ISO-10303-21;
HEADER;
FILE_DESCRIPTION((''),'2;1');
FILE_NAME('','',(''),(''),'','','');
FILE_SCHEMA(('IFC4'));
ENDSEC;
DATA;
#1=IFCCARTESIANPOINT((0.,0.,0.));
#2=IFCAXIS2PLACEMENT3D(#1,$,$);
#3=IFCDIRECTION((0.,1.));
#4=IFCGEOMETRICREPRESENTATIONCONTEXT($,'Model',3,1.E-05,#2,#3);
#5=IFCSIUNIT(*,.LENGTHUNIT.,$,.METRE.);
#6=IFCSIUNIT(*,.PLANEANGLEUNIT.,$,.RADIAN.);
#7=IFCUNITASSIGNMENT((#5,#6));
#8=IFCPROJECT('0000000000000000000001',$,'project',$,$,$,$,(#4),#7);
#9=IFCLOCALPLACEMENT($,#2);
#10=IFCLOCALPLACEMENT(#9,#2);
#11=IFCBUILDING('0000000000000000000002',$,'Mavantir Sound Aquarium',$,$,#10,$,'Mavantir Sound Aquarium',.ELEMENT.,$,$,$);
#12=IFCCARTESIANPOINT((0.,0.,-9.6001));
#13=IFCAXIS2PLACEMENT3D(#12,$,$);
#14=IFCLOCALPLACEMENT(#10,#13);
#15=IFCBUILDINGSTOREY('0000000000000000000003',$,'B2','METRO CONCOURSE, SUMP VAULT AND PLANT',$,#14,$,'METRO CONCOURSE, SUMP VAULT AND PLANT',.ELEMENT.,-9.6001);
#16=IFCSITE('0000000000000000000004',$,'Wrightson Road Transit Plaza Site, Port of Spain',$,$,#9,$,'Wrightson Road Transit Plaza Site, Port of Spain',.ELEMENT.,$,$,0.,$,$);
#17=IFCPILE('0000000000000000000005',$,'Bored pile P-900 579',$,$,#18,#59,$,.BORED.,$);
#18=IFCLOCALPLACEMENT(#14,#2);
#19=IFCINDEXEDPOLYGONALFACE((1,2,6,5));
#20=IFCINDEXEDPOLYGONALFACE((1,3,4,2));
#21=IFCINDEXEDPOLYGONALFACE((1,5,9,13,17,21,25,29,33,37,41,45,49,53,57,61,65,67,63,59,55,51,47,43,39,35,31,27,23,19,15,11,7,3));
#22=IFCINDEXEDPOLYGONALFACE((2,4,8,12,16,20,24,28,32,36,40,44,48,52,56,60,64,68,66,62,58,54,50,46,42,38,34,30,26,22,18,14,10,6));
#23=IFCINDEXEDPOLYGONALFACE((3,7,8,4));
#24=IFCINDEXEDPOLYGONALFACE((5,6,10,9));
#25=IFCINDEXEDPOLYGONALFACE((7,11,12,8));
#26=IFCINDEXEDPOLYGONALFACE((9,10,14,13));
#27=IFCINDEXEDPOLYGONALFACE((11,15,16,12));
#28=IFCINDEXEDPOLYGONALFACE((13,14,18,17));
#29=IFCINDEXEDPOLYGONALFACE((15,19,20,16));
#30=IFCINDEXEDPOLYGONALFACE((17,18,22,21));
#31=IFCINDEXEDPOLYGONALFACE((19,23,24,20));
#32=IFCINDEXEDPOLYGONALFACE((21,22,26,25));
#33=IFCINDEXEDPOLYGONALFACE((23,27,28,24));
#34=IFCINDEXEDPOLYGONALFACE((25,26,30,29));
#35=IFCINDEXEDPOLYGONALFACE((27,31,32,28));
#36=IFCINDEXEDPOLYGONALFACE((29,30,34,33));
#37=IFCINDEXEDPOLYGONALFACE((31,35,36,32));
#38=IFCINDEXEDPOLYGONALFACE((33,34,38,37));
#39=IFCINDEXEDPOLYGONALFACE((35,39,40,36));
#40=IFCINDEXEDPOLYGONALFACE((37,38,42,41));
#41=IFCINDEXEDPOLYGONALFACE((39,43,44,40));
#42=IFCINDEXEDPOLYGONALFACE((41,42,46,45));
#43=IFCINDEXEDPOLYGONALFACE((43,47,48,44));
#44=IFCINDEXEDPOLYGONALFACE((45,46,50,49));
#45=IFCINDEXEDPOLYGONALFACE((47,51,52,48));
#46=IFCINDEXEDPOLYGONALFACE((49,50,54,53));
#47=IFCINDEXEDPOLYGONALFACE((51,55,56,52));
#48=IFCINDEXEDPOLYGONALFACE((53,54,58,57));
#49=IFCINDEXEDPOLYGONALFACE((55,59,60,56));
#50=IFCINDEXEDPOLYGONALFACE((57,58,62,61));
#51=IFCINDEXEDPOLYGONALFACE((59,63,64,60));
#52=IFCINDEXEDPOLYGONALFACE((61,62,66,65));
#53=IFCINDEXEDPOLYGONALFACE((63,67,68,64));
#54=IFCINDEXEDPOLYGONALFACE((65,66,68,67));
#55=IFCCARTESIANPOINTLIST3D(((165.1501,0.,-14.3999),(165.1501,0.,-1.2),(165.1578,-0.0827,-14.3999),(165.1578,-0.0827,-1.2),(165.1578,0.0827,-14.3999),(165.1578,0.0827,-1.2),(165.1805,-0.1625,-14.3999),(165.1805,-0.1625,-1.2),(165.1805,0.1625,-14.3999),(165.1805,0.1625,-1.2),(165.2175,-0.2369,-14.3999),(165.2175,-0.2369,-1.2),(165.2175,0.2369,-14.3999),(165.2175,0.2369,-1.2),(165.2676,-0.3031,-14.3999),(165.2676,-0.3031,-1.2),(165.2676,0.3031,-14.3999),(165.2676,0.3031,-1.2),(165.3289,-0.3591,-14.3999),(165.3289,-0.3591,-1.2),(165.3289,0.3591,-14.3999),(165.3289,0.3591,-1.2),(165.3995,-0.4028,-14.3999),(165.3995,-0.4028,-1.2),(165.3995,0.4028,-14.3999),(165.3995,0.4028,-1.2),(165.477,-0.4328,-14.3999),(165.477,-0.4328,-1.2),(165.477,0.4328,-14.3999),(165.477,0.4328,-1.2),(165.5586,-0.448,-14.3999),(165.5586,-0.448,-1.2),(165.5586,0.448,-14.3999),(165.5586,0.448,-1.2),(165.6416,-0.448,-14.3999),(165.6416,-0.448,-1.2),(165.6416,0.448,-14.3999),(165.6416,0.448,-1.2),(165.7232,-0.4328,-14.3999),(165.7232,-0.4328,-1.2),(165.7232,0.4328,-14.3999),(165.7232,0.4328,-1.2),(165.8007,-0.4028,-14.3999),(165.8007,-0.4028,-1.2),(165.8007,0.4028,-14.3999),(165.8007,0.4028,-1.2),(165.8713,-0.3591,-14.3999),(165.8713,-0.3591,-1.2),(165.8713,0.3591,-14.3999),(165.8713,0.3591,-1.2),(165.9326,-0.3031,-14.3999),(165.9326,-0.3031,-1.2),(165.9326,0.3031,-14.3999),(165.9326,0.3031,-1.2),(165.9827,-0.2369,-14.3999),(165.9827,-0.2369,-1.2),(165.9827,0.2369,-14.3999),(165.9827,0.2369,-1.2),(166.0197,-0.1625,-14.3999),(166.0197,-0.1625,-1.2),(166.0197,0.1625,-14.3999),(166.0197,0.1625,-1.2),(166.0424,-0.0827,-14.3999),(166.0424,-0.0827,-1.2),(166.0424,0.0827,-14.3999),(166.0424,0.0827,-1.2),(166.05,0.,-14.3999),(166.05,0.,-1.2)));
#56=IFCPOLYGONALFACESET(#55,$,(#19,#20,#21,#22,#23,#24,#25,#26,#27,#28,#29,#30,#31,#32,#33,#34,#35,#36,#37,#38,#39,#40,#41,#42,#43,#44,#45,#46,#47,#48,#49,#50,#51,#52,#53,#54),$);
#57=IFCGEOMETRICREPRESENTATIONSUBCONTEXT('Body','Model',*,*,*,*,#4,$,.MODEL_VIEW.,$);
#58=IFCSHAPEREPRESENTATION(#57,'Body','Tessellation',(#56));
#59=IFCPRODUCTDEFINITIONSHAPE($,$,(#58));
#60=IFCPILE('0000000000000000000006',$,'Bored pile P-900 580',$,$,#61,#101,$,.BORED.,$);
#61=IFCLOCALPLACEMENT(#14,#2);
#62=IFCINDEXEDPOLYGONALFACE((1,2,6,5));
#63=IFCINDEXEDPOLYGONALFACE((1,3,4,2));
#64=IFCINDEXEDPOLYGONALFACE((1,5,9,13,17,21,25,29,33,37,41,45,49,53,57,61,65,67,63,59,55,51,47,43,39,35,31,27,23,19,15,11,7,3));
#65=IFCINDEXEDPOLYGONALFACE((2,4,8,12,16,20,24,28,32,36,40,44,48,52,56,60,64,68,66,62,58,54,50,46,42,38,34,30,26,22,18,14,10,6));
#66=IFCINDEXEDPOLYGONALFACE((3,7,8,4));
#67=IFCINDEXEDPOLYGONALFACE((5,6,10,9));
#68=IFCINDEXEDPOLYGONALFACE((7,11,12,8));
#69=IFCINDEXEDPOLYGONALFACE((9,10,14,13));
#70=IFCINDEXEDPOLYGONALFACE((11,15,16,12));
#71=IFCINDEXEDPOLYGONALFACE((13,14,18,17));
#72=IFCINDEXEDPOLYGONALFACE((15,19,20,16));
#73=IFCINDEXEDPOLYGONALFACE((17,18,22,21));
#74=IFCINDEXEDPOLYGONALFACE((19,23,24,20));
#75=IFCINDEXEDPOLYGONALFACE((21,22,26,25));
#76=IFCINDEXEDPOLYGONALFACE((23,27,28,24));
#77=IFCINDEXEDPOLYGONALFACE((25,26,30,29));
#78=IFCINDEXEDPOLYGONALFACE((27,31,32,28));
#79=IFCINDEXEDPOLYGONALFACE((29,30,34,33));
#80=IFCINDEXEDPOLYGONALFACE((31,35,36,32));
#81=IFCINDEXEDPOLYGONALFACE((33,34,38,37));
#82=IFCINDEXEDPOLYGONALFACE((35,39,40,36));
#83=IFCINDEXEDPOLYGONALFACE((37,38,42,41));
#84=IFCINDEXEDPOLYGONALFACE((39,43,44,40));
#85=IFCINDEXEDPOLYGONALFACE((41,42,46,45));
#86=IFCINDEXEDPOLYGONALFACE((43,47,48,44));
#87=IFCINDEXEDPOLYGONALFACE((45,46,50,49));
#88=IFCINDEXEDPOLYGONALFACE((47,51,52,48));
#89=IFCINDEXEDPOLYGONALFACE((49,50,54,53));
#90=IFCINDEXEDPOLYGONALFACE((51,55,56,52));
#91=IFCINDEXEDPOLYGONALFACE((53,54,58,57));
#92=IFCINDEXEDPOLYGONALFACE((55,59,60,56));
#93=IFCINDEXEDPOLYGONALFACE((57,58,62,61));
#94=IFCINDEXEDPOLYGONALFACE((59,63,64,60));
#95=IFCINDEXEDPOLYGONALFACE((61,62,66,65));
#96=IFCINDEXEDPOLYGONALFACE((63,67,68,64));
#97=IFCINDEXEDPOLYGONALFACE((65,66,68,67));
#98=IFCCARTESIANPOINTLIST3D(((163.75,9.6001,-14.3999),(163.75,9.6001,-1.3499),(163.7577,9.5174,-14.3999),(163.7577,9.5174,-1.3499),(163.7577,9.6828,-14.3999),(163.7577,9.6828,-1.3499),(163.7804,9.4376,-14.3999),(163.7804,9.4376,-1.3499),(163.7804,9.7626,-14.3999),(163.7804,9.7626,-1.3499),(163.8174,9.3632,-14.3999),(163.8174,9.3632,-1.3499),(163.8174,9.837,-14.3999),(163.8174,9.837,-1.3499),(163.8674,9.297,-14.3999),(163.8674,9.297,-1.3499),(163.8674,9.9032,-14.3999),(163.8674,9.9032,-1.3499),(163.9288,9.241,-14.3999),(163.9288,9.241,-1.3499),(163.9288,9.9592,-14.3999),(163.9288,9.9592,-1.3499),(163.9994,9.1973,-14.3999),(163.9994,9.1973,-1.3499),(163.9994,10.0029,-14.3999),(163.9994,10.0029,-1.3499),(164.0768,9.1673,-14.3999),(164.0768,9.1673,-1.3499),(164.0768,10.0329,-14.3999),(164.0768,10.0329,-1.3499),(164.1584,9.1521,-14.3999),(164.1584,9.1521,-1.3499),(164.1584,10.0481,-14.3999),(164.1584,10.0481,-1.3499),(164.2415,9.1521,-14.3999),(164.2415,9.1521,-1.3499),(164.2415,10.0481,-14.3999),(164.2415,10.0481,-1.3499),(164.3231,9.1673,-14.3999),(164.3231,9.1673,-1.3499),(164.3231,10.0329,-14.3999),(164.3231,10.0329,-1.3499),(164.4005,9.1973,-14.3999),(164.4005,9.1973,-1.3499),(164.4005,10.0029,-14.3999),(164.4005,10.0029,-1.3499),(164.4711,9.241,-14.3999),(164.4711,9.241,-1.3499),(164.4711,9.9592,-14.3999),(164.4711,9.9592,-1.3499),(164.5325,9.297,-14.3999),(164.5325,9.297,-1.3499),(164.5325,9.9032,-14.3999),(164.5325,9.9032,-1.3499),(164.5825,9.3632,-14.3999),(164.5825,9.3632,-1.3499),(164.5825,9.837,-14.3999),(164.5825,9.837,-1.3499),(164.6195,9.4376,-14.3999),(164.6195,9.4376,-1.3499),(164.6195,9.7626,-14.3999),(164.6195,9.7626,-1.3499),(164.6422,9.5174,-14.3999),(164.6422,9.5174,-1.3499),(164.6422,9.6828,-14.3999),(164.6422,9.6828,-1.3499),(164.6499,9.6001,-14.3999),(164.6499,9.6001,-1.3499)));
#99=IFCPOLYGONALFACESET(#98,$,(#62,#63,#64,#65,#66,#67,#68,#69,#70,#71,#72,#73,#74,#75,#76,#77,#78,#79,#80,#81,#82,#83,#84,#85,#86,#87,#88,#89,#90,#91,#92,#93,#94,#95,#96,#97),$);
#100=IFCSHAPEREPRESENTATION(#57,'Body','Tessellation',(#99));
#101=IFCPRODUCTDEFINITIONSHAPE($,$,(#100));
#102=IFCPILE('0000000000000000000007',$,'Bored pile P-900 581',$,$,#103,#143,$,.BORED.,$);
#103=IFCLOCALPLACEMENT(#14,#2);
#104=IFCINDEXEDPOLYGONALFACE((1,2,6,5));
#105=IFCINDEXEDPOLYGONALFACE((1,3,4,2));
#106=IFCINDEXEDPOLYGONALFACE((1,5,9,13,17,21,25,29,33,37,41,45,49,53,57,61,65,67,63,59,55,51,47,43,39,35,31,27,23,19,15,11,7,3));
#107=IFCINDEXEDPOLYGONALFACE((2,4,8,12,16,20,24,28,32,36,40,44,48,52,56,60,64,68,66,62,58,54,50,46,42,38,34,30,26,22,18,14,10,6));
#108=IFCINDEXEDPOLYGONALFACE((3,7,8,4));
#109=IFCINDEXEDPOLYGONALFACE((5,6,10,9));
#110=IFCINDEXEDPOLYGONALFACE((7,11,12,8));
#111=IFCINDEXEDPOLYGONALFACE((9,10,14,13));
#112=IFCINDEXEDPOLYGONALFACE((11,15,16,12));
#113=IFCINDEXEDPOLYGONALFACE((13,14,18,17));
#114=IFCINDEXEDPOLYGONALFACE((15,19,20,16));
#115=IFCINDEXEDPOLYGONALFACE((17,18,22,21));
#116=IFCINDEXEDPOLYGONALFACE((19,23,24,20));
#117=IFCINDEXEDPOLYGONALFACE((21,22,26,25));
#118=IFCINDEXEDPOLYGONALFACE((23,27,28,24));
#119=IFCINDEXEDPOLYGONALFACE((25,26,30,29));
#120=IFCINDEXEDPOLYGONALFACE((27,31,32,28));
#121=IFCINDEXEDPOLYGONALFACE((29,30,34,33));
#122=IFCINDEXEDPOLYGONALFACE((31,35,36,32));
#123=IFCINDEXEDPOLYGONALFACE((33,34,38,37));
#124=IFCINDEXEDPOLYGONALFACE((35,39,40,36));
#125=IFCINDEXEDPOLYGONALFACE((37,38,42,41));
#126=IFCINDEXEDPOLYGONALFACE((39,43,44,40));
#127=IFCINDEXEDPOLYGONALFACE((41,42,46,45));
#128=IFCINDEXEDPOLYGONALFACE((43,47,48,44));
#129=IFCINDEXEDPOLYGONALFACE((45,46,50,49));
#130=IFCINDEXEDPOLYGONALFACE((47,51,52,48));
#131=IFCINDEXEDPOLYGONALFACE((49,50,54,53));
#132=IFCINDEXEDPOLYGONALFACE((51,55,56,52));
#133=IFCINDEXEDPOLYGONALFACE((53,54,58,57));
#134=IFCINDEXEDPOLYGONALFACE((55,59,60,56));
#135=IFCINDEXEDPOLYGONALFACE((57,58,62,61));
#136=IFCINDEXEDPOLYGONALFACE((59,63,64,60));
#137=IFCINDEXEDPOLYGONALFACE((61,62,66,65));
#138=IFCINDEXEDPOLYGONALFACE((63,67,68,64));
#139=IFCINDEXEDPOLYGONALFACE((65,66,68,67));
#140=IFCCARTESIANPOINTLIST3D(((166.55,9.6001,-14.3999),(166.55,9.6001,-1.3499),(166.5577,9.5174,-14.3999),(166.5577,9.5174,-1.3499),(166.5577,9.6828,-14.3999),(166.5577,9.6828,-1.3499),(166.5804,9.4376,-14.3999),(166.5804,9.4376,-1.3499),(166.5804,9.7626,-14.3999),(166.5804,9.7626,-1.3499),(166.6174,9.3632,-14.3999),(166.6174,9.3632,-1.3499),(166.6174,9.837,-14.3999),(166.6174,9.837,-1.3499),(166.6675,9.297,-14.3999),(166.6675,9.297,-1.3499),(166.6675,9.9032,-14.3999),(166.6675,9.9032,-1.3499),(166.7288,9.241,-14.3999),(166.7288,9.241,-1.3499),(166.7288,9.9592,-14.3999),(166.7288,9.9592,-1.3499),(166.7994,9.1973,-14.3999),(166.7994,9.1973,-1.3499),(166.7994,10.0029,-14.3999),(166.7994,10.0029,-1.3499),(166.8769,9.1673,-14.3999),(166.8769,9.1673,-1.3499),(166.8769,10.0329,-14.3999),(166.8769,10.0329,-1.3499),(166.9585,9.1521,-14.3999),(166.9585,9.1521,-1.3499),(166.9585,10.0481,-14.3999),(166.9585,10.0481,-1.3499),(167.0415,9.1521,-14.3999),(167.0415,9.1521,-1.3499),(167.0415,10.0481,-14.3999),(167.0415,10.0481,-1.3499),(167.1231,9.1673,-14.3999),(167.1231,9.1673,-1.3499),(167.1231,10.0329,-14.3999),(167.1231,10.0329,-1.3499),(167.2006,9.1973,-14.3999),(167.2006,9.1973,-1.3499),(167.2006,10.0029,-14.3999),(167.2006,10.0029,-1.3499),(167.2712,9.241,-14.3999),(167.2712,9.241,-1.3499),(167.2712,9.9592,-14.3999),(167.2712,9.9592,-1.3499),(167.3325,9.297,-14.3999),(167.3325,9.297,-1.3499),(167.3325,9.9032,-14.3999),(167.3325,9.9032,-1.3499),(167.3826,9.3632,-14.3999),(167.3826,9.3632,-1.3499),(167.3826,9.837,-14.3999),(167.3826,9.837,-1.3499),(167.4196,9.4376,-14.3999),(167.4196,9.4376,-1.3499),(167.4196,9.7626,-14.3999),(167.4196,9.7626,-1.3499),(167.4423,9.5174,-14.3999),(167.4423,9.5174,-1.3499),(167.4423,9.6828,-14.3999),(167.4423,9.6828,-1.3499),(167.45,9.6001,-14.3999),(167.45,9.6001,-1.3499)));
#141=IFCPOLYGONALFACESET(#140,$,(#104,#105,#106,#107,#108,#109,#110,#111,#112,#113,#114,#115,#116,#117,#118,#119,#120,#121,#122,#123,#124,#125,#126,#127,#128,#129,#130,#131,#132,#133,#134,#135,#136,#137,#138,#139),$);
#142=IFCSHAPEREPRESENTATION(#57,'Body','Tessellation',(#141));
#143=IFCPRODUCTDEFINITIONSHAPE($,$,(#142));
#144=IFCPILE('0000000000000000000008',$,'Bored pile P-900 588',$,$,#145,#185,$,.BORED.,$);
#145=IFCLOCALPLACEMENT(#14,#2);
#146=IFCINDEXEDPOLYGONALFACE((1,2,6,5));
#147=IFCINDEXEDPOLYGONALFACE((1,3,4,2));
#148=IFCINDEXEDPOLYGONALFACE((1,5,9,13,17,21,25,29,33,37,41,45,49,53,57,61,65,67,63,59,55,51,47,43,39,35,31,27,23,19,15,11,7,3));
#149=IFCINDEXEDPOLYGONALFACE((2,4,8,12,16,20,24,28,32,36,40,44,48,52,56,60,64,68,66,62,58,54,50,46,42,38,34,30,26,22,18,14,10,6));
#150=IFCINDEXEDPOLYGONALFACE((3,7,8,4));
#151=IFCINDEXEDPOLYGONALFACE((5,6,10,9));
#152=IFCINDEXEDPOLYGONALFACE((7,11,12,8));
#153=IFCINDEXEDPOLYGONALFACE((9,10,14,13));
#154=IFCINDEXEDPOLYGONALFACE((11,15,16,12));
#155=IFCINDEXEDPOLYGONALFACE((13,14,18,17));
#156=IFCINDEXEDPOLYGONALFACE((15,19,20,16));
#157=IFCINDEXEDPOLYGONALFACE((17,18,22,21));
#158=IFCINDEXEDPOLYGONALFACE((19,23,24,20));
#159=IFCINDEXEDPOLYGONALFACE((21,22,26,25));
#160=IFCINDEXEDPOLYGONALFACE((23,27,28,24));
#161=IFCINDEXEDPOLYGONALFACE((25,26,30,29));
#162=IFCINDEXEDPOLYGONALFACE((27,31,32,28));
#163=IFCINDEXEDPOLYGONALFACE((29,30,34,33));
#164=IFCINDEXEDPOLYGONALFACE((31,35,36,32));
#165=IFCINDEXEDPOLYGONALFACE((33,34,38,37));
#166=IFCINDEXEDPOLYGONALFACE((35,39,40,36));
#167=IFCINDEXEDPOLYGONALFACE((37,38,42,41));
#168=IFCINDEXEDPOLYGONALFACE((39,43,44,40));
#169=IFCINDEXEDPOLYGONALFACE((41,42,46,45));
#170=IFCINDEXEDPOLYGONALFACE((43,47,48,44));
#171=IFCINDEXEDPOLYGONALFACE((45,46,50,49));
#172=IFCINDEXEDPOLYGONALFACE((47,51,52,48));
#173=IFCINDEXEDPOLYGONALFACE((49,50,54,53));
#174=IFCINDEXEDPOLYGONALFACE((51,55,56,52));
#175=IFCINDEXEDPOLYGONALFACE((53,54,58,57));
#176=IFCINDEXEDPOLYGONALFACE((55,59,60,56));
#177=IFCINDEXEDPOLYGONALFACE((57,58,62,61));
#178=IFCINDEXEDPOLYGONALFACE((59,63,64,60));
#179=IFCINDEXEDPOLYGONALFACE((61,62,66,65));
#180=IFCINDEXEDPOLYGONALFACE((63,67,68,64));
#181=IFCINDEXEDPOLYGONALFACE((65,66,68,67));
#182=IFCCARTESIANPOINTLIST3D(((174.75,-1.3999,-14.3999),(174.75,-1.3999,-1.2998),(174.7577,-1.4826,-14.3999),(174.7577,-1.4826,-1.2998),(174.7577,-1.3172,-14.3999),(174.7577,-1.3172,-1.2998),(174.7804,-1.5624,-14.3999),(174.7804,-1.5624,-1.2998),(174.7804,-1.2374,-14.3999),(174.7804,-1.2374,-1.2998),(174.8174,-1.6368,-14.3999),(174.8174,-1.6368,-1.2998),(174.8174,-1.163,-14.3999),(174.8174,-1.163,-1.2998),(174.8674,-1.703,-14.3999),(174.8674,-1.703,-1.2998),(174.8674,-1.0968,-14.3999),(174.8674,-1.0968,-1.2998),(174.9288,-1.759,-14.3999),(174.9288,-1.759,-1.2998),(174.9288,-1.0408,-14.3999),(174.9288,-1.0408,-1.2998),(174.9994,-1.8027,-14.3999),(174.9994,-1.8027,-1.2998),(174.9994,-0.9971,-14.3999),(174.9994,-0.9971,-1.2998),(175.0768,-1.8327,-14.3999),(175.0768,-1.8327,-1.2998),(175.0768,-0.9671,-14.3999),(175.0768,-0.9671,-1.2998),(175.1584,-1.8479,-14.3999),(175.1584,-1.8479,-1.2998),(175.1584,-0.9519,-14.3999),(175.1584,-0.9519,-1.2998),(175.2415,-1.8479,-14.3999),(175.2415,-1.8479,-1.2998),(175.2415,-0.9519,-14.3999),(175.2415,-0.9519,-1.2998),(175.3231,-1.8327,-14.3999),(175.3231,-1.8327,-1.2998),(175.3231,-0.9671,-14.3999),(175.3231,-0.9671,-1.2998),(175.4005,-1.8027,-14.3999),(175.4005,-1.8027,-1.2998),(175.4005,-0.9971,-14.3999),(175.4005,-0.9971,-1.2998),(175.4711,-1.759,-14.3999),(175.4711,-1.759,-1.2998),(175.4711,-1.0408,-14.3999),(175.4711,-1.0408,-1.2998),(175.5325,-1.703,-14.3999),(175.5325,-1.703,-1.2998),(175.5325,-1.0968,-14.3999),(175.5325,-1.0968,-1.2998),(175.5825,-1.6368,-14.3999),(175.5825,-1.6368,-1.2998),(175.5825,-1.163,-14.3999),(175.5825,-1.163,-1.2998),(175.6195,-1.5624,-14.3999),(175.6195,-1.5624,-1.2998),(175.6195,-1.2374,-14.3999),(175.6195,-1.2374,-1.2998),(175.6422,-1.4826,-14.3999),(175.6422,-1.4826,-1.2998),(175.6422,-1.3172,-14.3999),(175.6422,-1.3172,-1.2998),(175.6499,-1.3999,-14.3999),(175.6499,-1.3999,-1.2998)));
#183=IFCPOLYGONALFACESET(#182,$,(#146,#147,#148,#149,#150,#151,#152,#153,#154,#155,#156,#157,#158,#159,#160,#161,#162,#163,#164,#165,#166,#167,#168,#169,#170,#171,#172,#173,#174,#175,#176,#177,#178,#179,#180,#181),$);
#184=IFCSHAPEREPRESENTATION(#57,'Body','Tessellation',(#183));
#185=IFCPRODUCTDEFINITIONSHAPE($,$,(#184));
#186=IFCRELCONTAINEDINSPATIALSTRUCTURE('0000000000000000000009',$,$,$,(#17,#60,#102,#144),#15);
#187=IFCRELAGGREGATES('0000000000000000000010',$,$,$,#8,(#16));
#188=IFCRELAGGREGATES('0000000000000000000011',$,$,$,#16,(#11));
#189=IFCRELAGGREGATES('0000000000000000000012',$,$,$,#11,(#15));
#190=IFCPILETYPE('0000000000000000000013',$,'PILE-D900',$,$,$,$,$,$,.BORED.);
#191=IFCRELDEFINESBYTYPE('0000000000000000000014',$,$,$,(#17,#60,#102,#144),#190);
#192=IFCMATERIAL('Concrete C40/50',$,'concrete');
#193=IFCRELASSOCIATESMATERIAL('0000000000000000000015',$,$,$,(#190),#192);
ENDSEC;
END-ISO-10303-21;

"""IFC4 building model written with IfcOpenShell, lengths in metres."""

from ifc_helpers import new_model, si_unit, direction, frame, origin, origin_2d, place, context, subcontext, project, spatial, circle, extrude, material, material_profile, profile_set, type_object, element, save


model = new_model("IFC4")

# Units and contexts
model_context = context("Model", 3, precision=1e-05, world=origin(), true_north=direction((0.0, 1.0)))
body_context = subcontext(model_context, "Body", "Model", "MODEL_VIEW")
ifc_project = project(units=[si_unit("LENGTHUNIT", "METRE"), si_unit("PLANEANGLEUNIT", "RADIAN")], contexts=[model_context])

# Site, building, storey
site_placement = place(None, origin())
site = spatial("IfcSite", under=ifc_project, at=site_placement, Name="Wrightson Road Transit Plaza Site, Port of Spain", LongName="Wrightson Road Transit Plaza Site, Port of Spain", CompositionType="ELEMENT", RefElevation=0.0)
building_placement = place(site_placement, origin())
building = spatial("IfcBuilding", under=site, at=building_placement, Name="Mavantir Sound Aquarium", LongName="Mavantir Sound Aquarium", CompositionType="ELEMENT")
storey_placement = place(building_placement, frame((0.0, 0.0, -9.6001)))
storey = spatial("IfcBuildingStorey", under=building, at=storey_placement, Name="B2", Description="METRO CONCOURSE, SUMP VAULT AND PLANT", LongName="METRO CONCOURSE, SUMP VAULT AND PLANT", CompositionType="ELEMENT", Elevation=-9.6001)

# Shared definitions
ifc_material_1 = material(Name="Concrete C40/50", Category="concrete")

# Piles
ifc_material_profile_1 = material_profile(ifc_material_1, circle(Radius=0.45, at=origin_2d()), Name="PILE D900")
ifc_profile_set_1 = profile_set([ifc_material_profile_1], Name="Concrete C40/50")
pile_type = type_object("IfcPileType", Name="PILE-D900", PredefinedType="BORED", material=ifc_profile_set_1)
pile_1_placement = place(storey_placement, frame((165.6001, 0.0, -1.2), z_axis=(0.0, 0.0, -1.0), x_axis=(1.0, 0.0, 0.0)))
element("IfcPile", 1, at=pile_1_placement, inside=storey, type_object=pile_type, Name="Bored pile P-900 579", PredefinedType="BORED", context=body_context, shape_type="SweptSolid", body=[
    extrude(circle(Radius=0.45, at=origin_2d()), origin(), (0.0, 0.0, 1.0), 13.2),
])
for number, where, z_axis, x_axis, name in (
    (2, (164.2, 9.6001, -1.3499), (0.0, 0.0, -1.0), (1.0, 0.0, 0.0), "Bored pile P-900 580"),
    (3, (167.0, 9.6001, -1.3499), (0.0, 0.0, -1.0), (1.0, 0.0, 0.0), "Bored pile P-900 581"),
):
    element("IfcPile", number, at=place(storey_placement, frame(where, z_axis=z_axis, x_axis=x_axis)), inside=storey, type_object=pile_type, Name=name, PredefinedType="BORED", context=body_context, shape_type="SweptSolid", body=[
        extrude(circle(Radius=0.45, at=origin_2d()), origin(), (0.0, 0.0, 1.0), 13.05),
    ])
for number, where, z_axis, x_axis, name in (
    (4, (175.2, -1.3999, -1.2998), (0.0, 0.0, -1.0), (1.0, 0.0, 0.0), "Bored pile P-900 588"),
):
    element("IfcPile", number, at=place(storey_placement, frame(where, z_axis=z_axis, x_axis=x_axis)), inside=storey, type_object=pile_type, Name=name, PredefinedType="BORED", context=body_context, shape_type="SweptSolid", body=[
        extrude(circle(Radius=0.45, at=origin_2d()), origin(), (0.0, 0.0, 1.0), 13.1001),
    ])

save(model, "model.ifc")
